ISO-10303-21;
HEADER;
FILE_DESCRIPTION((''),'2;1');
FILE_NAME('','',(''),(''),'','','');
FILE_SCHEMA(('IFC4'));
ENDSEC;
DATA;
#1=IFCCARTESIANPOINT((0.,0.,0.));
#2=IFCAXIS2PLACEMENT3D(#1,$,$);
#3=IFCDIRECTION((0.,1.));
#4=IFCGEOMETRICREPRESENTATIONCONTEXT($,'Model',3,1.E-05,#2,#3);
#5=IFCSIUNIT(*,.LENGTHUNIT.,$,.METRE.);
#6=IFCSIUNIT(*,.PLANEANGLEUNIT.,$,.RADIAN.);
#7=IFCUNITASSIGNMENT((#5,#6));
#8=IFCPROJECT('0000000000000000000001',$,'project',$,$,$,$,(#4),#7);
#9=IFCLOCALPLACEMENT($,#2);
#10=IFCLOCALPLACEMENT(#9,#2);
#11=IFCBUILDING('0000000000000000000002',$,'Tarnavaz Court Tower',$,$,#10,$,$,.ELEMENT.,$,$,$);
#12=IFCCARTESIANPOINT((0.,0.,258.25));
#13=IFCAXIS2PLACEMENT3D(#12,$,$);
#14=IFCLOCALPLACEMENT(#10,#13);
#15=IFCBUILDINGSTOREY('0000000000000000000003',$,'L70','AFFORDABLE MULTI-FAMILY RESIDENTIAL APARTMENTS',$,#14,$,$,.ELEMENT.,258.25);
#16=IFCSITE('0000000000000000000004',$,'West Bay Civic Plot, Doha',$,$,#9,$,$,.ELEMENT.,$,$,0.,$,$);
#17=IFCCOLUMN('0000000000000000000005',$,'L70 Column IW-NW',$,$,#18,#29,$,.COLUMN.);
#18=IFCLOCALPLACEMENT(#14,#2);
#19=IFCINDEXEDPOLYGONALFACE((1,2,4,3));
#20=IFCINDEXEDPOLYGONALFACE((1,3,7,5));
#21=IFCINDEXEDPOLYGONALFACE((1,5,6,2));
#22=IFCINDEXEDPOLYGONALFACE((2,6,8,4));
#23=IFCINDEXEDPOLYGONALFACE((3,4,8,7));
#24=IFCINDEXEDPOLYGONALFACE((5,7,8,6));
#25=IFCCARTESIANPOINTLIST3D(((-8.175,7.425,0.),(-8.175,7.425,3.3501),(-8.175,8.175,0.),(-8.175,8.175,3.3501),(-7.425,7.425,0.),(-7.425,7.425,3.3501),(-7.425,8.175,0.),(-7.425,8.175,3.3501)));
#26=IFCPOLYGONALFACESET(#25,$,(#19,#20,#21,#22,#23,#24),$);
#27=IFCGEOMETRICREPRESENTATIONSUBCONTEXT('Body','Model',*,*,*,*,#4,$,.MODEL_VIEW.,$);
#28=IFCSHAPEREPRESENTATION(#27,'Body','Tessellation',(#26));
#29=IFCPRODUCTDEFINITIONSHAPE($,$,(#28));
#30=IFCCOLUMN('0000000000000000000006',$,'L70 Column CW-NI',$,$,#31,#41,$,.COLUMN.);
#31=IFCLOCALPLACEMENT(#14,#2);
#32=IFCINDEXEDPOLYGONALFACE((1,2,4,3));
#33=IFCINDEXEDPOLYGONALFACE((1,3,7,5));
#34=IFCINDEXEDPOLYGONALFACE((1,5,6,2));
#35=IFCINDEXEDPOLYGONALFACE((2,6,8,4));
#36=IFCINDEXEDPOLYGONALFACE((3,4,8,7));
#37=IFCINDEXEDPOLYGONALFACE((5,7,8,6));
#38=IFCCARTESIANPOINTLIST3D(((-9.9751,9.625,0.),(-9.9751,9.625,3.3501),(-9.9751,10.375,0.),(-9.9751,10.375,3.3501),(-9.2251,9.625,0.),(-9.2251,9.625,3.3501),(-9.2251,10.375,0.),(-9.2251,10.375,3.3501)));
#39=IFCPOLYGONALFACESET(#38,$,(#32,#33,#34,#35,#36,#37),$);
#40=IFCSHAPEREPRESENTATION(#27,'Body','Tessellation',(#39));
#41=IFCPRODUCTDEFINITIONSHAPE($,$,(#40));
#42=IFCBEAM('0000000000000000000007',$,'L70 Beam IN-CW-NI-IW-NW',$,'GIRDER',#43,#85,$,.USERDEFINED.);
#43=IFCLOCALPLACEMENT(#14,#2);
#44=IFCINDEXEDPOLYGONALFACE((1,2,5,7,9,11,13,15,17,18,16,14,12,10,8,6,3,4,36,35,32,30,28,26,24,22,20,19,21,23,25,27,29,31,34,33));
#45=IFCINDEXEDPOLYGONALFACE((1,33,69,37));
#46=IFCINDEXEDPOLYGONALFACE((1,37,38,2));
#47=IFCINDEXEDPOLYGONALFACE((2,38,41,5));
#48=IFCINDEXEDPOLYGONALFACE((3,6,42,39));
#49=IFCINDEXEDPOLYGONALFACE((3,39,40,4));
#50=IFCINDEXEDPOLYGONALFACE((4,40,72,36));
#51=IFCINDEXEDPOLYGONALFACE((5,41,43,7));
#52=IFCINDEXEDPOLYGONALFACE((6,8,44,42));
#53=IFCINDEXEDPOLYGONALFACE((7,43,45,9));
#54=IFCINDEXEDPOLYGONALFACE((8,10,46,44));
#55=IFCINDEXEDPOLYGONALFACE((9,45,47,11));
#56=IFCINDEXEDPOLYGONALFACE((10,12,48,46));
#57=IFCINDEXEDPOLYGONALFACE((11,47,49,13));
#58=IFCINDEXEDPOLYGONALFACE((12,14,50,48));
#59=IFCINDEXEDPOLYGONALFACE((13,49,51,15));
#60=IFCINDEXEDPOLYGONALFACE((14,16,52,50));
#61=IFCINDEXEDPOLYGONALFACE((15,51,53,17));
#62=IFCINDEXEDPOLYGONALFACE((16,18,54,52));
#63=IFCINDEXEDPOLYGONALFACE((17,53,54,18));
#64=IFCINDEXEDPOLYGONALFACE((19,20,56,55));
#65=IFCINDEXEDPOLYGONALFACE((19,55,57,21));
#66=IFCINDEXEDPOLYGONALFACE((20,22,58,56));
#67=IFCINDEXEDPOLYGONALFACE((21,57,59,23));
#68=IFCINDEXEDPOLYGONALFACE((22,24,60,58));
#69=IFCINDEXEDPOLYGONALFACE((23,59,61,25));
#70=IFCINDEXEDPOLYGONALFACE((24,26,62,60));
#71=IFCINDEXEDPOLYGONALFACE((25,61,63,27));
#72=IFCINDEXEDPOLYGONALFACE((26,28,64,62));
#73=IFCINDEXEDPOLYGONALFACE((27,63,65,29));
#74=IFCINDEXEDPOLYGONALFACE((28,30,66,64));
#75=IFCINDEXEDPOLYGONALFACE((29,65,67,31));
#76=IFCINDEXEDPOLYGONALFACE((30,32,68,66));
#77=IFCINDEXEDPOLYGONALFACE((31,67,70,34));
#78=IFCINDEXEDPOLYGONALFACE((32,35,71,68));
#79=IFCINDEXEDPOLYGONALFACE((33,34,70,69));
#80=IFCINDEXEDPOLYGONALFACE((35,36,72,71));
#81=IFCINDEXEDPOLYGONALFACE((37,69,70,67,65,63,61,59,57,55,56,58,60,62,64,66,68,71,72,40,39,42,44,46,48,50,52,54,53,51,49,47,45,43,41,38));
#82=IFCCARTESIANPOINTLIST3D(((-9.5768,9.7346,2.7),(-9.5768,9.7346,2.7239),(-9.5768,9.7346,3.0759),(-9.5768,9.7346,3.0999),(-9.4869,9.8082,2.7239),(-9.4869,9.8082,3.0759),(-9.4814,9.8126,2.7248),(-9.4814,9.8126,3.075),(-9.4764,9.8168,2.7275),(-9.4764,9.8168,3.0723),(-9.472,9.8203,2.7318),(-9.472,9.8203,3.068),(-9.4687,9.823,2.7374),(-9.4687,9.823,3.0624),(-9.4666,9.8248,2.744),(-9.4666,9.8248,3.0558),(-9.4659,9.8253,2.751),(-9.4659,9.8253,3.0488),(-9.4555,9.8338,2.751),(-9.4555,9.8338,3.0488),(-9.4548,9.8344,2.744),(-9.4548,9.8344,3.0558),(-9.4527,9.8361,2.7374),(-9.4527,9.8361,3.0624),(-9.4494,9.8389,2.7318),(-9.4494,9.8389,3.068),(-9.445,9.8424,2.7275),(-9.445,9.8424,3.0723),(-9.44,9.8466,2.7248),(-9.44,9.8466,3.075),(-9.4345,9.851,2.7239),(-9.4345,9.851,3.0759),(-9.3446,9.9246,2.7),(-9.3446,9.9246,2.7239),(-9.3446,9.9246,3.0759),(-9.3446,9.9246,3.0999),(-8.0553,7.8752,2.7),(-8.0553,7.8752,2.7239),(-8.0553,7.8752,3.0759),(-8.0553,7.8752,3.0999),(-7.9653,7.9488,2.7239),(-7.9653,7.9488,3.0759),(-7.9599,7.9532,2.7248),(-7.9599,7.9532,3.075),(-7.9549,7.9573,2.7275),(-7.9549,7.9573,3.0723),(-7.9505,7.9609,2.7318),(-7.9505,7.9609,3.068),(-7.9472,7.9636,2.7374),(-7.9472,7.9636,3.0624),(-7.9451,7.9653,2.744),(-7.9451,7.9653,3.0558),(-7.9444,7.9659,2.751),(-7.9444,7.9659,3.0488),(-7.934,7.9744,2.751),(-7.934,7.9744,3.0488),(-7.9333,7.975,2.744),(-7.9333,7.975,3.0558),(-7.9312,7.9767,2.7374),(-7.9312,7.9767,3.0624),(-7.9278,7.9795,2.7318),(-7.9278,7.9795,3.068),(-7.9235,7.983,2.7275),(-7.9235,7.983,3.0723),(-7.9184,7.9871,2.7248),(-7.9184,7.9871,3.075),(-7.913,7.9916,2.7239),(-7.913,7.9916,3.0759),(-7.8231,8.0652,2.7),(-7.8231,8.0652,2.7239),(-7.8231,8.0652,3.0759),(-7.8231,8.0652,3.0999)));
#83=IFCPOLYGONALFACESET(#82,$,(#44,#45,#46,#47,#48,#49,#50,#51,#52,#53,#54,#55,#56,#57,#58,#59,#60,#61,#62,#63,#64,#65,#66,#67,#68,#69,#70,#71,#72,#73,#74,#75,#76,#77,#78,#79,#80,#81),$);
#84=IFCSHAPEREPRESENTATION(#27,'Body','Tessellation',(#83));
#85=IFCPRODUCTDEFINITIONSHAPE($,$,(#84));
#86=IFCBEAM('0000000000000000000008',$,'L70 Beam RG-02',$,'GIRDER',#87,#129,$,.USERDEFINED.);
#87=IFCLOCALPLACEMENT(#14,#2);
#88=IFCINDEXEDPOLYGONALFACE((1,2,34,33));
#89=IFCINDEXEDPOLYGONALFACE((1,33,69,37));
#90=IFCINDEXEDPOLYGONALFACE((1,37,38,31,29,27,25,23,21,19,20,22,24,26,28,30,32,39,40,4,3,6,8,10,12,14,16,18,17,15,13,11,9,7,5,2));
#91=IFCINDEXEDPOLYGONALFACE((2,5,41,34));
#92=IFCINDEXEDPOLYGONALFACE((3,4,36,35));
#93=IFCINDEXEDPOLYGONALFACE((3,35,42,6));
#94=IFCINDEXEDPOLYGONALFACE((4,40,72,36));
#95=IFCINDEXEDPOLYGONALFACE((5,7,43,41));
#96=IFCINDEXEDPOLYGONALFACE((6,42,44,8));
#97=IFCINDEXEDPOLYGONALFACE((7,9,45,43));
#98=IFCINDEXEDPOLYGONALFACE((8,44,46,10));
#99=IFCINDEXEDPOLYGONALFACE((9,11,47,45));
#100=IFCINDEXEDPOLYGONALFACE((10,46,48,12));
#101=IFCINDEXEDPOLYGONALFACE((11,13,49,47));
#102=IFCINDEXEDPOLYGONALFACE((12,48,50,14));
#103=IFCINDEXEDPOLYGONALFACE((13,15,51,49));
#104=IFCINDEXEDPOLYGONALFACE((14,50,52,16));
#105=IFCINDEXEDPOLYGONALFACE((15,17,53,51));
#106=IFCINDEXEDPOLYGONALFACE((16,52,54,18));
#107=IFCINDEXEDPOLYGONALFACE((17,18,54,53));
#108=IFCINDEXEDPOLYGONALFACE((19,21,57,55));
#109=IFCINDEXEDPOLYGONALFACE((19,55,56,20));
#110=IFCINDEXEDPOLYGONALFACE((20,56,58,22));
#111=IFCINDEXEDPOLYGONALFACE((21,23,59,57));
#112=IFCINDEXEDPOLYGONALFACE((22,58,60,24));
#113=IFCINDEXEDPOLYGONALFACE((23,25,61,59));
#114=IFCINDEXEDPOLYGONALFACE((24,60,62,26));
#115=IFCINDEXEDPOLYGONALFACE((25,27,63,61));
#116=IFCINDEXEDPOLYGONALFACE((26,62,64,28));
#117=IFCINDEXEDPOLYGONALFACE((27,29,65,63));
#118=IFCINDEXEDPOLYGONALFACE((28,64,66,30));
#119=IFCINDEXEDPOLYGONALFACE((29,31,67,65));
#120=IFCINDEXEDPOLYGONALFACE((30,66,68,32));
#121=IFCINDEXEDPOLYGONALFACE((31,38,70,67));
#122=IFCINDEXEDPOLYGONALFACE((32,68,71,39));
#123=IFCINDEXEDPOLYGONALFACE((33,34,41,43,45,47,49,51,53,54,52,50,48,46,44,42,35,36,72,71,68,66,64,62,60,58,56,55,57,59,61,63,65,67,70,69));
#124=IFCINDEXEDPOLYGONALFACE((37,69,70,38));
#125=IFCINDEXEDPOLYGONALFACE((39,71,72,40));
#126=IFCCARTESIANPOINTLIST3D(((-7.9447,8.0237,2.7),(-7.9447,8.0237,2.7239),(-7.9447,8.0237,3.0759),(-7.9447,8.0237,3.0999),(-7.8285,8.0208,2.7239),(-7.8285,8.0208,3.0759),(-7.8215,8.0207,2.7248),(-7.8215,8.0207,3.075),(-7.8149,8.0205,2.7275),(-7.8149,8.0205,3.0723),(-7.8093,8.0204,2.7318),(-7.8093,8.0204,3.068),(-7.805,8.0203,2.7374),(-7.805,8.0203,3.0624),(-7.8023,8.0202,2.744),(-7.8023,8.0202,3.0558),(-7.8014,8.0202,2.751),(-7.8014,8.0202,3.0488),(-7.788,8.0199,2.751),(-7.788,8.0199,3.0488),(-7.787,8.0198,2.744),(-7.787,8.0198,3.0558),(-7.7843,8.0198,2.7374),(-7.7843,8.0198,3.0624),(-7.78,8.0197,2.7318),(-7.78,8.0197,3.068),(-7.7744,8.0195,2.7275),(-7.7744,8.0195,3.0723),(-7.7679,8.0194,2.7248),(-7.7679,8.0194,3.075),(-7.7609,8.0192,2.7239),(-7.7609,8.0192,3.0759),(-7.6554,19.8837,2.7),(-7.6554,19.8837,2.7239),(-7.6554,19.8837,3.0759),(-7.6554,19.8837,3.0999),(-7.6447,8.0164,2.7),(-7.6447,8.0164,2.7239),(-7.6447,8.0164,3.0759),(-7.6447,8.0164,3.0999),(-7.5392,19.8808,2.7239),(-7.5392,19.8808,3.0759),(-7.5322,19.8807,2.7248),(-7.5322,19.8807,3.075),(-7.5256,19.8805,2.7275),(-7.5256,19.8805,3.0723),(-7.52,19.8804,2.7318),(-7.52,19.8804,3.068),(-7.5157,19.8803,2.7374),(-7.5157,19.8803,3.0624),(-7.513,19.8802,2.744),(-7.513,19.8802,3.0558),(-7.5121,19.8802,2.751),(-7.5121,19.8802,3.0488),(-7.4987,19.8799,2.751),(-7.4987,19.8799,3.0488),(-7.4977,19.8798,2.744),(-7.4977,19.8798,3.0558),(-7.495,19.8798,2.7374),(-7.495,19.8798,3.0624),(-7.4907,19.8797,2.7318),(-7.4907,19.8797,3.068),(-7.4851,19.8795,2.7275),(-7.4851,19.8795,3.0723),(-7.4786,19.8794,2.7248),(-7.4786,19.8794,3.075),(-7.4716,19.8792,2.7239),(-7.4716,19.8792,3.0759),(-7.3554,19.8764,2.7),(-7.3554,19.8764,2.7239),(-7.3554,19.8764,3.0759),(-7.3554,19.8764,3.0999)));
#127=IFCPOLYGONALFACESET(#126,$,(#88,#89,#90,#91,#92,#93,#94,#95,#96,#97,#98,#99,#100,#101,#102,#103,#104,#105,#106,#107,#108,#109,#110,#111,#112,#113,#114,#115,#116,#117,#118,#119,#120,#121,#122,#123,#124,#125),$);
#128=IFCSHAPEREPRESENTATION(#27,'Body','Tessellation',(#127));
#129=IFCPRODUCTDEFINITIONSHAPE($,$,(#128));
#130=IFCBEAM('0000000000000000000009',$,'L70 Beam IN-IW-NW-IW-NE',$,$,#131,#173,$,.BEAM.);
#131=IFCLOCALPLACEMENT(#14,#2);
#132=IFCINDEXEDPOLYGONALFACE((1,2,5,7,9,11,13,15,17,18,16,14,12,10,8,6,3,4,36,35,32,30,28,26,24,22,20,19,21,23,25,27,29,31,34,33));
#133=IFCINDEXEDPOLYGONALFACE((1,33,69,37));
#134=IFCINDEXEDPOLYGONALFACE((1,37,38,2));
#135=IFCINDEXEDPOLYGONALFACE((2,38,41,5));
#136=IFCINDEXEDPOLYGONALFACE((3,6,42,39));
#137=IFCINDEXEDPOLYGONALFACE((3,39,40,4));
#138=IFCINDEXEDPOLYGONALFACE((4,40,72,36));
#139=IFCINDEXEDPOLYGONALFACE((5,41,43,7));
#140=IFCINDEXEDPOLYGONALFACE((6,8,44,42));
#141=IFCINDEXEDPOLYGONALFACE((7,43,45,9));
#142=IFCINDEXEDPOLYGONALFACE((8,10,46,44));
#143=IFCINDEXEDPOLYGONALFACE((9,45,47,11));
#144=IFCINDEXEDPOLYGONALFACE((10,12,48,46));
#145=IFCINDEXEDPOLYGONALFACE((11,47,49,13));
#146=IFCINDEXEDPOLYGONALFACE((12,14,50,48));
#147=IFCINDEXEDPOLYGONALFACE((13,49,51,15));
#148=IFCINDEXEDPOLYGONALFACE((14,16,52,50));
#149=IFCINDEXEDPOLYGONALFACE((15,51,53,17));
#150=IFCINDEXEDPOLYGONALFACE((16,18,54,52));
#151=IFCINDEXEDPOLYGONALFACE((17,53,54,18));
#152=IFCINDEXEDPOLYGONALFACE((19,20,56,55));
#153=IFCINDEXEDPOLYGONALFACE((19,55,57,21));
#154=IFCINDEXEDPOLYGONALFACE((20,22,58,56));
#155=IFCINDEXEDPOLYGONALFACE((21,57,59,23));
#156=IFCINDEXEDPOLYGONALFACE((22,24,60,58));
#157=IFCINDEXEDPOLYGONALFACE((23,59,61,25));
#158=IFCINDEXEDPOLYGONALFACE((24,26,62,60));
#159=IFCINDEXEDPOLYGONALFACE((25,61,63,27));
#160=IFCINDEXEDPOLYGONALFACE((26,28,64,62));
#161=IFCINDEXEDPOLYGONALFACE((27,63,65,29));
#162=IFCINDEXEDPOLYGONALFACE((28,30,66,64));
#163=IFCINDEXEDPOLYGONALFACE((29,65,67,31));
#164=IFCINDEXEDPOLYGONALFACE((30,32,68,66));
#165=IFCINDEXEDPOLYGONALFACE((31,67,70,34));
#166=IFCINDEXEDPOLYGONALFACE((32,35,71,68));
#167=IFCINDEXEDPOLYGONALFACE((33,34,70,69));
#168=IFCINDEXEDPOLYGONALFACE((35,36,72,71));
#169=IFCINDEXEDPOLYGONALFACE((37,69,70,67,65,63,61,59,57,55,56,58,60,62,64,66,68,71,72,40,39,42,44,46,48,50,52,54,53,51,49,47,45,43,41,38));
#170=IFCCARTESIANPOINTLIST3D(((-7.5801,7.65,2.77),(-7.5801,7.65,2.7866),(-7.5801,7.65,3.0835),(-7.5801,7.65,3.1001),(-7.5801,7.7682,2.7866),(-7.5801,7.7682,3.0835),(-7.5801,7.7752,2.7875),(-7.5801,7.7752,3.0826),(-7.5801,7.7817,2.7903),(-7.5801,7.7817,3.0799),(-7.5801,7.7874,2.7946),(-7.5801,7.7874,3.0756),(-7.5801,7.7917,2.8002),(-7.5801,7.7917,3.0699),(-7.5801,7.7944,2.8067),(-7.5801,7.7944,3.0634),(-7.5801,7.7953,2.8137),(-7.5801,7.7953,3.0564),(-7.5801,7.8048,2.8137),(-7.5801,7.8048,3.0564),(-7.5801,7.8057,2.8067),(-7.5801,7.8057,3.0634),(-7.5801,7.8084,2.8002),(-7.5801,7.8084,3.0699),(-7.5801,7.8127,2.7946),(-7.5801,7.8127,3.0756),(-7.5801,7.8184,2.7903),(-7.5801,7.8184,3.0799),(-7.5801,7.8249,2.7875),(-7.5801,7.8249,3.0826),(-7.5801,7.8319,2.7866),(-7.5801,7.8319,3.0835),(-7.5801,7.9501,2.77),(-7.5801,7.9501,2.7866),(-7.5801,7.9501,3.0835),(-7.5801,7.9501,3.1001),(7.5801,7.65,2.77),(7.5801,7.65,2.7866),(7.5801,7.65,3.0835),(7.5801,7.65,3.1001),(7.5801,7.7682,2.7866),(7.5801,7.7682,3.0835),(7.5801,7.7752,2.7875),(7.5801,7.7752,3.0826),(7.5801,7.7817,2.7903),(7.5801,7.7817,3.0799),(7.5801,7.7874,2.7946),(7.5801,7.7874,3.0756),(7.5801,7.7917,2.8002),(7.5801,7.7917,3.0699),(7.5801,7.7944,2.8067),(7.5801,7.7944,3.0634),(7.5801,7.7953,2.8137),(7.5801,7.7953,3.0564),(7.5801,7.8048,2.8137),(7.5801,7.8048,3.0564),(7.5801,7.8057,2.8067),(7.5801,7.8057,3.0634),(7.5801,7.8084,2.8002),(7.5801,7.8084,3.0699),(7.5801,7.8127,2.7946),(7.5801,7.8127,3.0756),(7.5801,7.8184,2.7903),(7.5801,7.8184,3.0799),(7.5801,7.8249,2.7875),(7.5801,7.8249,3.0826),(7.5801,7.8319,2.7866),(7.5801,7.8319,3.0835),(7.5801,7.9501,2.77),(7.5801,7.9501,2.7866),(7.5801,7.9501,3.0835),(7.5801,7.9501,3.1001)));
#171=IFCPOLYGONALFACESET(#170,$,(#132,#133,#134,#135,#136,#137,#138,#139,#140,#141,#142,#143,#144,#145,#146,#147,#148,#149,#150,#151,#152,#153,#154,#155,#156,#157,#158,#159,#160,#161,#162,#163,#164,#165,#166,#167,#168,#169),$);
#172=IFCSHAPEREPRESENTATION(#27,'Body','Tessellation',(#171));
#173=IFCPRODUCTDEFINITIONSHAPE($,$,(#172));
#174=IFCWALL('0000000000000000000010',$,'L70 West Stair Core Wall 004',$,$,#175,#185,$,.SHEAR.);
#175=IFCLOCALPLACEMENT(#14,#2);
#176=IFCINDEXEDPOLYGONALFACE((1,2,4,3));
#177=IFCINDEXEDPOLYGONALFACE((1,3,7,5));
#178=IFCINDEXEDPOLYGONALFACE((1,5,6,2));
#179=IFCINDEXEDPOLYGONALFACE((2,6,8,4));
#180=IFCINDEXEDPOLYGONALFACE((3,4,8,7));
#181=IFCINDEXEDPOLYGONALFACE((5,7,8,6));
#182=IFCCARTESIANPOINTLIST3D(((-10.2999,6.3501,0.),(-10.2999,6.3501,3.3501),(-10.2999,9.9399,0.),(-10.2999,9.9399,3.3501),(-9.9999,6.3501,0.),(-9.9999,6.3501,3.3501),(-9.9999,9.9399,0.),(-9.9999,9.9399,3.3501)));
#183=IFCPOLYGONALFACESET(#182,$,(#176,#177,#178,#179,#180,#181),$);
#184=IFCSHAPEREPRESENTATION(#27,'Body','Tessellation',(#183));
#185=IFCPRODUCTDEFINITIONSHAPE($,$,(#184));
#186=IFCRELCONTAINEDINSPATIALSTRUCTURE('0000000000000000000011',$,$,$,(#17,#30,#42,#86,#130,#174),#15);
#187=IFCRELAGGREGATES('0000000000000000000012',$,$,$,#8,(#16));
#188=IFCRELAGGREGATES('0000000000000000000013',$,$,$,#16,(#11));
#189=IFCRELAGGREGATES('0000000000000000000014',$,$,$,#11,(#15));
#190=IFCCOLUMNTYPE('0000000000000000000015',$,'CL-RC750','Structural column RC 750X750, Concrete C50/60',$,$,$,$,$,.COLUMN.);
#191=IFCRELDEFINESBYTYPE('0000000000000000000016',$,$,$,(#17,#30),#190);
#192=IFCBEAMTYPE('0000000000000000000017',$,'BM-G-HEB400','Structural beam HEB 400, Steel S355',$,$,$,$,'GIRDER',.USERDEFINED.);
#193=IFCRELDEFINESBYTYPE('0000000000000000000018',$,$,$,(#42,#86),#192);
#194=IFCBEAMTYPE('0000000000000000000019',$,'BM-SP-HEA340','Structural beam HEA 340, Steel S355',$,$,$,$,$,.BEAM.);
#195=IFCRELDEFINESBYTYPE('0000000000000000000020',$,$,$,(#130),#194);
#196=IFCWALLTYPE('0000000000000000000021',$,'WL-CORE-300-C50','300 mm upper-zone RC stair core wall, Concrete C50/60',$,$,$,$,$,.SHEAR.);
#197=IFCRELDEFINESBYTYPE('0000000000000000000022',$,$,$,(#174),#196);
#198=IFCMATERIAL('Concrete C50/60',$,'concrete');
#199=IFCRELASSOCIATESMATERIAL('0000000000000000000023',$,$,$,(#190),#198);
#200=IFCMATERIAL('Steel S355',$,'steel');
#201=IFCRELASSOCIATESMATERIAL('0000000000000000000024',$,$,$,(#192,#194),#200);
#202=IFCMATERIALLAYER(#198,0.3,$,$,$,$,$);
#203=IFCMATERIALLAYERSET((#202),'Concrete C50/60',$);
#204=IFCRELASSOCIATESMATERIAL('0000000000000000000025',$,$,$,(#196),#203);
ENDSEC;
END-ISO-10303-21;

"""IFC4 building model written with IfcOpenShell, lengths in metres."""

from ifc_helpers import new_model, si_unit, direction, frame, frame_2d, origin, origin_2d, place, context, subcontext, project, spatial, rectangle, i_section, extrude, material, layer, layer_set, material_profile, profile_set, type_object, element, save


model = new_model("IFC4")

# Units and contexts
model_context = context("Model", 3, precision=1e-05, world=origin(), true_north=direction((0.0, 1.0)))
body_context = subcontext(model_context, "Body", "Model", "MODEL_VIEW")
ifc_project = project(units=[si_unit("LENGTHUNIT", "METRE"), si_unit("PLANEANGLEUNIT", "RADIAN")], contexts=[model_context])

# Site, building, storey
site_placement = place(None, origin())
site = spatial("IfcSite", under=ifc_project, at=site_placement, Name="West Bay Civic Plot, Doha", CompositionType="ELEMENT", RefElevation=0.0)
building_placement = place(site_placement, origin())
building = spatial("IfcBuilding", under=site, at=building_placement, Name="Tarnavaz Court Tower", CompositionType="ELEMENT")
storey_placement = place(building_placement, frame((0.0, 0.0, 258.25)))
storey = spatial("IfcBuildingStorey", under=building, at=storey_placement, Name="L70", Description="AFFORDABLE MULTI-FAMILY RESIDENTIAL APARTMENTS", CompositionType="ELEMENT", Elevation=258.25)

# Columns
ifc_material_1 = material(Name="Concrete C50/60", Category="concrete")
ifc_material_profile_1 = material_profile(ifc_material_1, rectangle(XDim=0.75, YDim=0.75, at=origin_2d()), Name="RC 750X750")
ifc_profile_set_1 = profile_set([ifc_material_profile_1], Name="Concrete C50/60")
column_type = type_object("IfcColumnType", Name="CL-RC750", Description="Structural column RC 750X750, Concrete C50/60", PredefinedType="COLUMN", material=ifc_profile_set_1)
for number, where, z_axis, x_axis, name in (
    (1, (-7.8, 7.8, 0.0), (0.0, 0.0, 1.0), (1.0, 0.0, 0.0), "L70 Column IW-NW"),
    (2, (-9.6001, 10.0, 0.0), (0.0, 0.0, 1.0), (1.0, 0.0, 0.0), "L70 Column CW-NI"),
):
    element("IfcColumn", number, at=place(storey_placement, frame(where, z_axis=z_axis, x_axis=x_axis)), inside=storey, type_object=column_type, Name=name, PredefinedType="COLUMN", context=body_context, shape_type="SweptSolid", body=[
        extrude(rectangle(XDim=0.75, YDim=0.75, at=origin_2d()), origin(), (0.0, 0.0, 1.0), 3.3501),
    ])

# Beams
ifc_material_2 = material(Name="Steel S355", Category="steel")
ifc_material_profile_2 = material_profile(ifc_material_2, i_section(OverallWidth=0.3, OverallDepth=0.3999, WebThickness=0.0134, FlangeThickness=0.0239, FilletRadius=0.0271, at=origin_2d()), Name="HEB 400")
ifc_profile_set_2 = profile_set([ifc_material_profile_2], Name="Steel S355")
beam_type_1 = type_object("IfcBeamType", Name="BM-G-HEB400", Description="Structural beam HEB 400, Steel S355", ElementType="GIRDER", PredefinedType="USERDEFINED", material=ifc_profile_set_2)
beam_1_placement = place(storey_placement, frame((-9.4607, 9.8296, 2.8999), z_axis=(0.633282, -0.773921, 0.0), x_axis=(0.773921, 0.633282, 0.0)))
element("IfcBeam", 3, at=beam_1_placement, inside=storey, type_object=beam_type_1, Name="L70 Beam IN-CW-NI-IW-NW", ObjectType="GIRDER", PredefinedType="USERDEFINED", context=body_context, shape_type="SweptSolid", body=[
    extrude(i_section(OverallWidth=0.3, OverallDepth=0.3999, WebThickness=0.0134, FlangeThickness=0.0239, FilletRadius=0.0271, at=origin_2d()), origin(), (0.0, 0.0, 1.0), 2.4026),
])
beam_2_placement = place(storey_placement, frame((-7.7947, 8.02, 2.8999), z_axis=(0.024386, 0.999703, 0.0), x_axis=(-0.999703, 0.024386, 0.0)))
element("IfcBeam", 4, at=beam_2_placement, inside=storey, type_object=beam_type_1, Name="L70 Beam RG-02", ObjectType="GIRDER", PredefinedType="USERDEFINED", context=body_context, shape_type="SweptSolid", body=[
    extrude(i_section(OverallWidth=0.3, OverallDepth=0.3999, WebThickness=0.0134, FlangeThickness=0.0239, FilletRadius=0.0271, at=origin_2d()), origin(), (0.0, 0.0, 1.0), 11.8635),
])
ifc_material_profile_3 = material_profile(ifc_material_2, i_section(OverallWidth=0.3, OverallDepth=0.3301, WebThickness=0.0095, FlangeThickness=0.0166, FilletRadius=0.0271, at=origin_2d()), Name="HEA 340")
ifc_profile_set_3 = profile_set([ifc_material_profile_3], Name="Steel S355")
beam_type_2 = type_object("IfcBeamType", Name="BM-SP-HEA340", Description="Structural beam HEA 340, Steel S355", PredefinedType="BEAM", material=ifc_profile_set_3)
beam_3_placement = place(storey_placement, frame((-7.5801, 7.8, 2.9351), z_axis=(1.0, 0.0, 0.0), x_axis=(0.0, 1.0, 0.0)))
element("IfcBeam", 5, at=beam_3_placement, inside=storey, type_object=beam_type_2, Name="L70 Beam IN-IW-NW-IW-NE", PredefinedType="BEAM", context=body_context, shape_type="SweptSolid", body=[
    extrude(i_section(OverallWidth=0.3, OverallDepth=0.3301, WebThickness=0.0095, FlangeThickness=0.0166, FilletRadius=0.0271, at=origin_2d()), origin(), (0.0, 0.0, 1.0), 15.1602),
])

# Wall
ifc_layer_1 = layer(ifc_material_1, 0.3)
ifc_layer_set_1 = layer_set([ifc_layer_1], Name="Concrete C50/60")
wall_type_1 = type_object("IfcWallType", Name="WL-CORE-300-C50", Description="300 mm upper-zone RC stair core wall, Concrete C50/60", PredefinedType="SHEAR", material=ifc_layer_set_1)
wall_1_placement = place(storey_placement, frame((-10.1499, 6.3501, 0.0), z_axis=(0.0, 0.0, 1.0), x_axis=(0.0, 1.0, 0.0)))
element("IfcWall", 6, at=wall_1_placement, inside=storey, type_object=wall_type_1, Name="L70 West Stair Core Wall 004", PredefinedType="SHEAR", context=body_context, shape_type="SweptSolid", body=[
    extrude(rectangle(XDim=3.5898, YDim=0.3, at=frame_2d((1.7949, 0.0))), origin(), (0.0, 0.0, 1.0), 3.3501),
])

save(model, "model.ifc")
